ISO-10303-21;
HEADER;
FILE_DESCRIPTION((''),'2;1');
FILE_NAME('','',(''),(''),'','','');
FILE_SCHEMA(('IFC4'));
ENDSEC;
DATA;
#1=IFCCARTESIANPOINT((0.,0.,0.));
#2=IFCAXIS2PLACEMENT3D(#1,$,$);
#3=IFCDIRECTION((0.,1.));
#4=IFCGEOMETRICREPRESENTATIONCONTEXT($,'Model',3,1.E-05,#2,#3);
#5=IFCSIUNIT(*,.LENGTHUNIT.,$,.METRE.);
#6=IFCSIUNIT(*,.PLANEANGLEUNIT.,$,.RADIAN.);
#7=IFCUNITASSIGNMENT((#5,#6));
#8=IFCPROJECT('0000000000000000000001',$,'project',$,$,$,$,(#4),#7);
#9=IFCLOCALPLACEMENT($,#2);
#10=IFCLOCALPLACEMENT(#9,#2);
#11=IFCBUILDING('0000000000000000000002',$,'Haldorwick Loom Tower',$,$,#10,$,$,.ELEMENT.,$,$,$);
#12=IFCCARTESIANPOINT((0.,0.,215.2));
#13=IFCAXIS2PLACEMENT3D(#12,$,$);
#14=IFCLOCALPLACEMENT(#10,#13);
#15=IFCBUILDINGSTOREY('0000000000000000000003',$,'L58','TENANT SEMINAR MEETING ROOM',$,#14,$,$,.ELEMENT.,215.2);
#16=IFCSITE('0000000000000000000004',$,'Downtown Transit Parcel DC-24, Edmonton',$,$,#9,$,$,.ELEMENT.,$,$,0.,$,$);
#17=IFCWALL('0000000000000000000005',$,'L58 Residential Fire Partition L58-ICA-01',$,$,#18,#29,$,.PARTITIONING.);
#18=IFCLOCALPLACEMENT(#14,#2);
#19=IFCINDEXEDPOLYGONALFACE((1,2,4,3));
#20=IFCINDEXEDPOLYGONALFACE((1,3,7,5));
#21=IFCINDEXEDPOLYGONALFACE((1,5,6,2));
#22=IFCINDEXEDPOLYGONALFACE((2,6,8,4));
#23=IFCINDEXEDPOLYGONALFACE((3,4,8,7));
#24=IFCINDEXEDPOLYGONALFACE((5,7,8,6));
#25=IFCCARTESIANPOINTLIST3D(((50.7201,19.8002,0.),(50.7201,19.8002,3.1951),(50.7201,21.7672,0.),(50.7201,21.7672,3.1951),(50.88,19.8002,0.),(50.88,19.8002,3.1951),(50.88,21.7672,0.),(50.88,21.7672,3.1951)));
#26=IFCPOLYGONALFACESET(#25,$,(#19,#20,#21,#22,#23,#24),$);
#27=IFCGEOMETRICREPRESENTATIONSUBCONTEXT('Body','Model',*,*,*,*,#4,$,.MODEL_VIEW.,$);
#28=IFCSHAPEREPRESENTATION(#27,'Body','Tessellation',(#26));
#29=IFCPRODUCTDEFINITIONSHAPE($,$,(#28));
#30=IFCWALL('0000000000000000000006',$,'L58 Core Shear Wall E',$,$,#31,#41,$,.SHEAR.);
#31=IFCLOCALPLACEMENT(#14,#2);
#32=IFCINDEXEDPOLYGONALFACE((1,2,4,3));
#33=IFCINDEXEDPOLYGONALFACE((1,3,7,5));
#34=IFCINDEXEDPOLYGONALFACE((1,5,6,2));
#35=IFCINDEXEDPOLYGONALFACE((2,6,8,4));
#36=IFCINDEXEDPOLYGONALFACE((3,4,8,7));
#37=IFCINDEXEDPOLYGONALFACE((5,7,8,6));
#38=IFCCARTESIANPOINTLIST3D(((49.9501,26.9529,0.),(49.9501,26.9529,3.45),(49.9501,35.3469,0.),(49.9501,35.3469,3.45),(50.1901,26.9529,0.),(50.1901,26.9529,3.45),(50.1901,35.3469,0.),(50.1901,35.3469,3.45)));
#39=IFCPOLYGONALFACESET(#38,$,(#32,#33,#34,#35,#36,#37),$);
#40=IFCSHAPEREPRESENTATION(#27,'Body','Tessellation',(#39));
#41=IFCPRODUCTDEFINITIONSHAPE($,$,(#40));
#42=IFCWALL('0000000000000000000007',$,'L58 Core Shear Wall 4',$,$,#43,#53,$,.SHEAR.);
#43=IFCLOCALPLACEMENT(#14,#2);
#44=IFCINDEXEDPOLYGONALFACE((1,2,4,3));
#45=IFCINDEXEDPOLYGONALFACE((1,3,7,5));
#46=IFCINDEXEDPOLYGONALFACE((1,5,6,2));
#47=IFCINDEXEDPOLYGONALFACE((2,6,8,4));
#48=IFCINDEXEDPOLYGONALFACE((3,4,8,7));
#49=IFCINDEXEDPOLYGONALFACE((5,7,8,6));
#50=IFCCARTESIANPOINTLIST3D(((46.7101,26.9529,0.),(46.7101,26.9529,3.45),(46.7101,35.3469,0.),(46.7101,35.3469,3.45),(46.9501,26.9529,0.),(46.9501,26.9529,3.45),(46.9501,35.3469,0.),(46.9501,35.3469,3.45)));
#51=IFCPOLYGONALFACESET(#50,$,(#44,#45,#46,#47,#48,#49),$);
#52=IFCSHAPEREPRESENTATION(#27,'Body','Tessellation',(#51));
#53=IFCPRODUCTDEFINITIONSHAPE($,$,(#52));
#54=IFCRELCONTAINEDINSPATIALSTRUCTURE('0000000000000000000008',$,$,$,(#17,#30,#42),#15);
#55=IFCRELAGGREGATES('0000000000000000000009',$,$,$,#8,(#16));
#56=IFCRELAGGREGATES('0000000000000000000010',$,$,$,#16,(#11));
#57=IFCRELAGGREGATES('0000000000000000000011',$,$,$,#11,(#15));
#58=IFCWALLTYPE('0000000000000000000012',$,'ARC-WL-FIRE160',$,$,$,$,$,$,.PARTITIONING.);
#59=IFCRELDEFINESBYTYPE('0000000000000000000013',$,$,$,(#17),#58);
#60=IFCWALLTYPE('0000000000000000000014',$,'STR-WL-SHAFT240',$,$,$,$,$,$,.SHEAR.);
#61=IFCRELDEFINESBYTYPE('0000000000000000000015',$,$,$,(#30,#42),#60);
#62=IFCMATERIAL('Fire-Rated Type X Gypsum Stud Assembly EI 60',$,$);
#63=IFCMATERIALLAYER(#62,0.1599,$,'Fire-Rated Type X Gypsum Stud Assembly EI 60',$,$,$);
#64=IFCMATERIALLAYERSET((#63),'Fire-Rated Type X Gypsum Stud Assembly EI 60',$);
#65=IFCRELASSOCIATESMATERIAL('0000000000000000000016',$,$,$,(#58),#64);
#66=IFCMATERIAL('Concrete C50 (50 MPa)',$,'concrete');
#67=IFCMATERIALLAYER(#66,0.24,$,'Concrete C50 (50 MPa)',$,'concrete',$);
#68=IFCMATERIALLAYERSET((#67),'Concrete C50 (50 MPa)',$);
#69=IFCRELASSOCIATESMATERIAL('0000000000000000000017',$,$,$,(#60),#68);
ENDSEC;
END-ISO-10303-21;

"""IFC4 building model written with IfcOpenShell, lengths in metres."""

from ifc_helpers import new_model, si_unit, direction, frame, frame_2d, origin, place, context, subcontext, project, spatial, rectangle, extrude, material, layer, layer_set, type_object, element, save


model = new_model("IFC4")

# Units and contexts
model_context = context("Model", 3, precision=1e-05, world=origin(), true_north=direction((0.0, 1.0)))
body_context = subcontext(model_context, "Body", "Model", "MODEL_VIEW")
ifc_project = project(units=[si_unit("LENGTHUNIT", "METRE"), si_unit("PLANEANGLEUNIT", "RADIAN")], contexts=[model_context])

# Site, building, storey
site_placement = place(None, origin())
site = spatial("IfcSite", under=ifc_project, at=site_placement, Name="Downtown Transit Parcel DC-24, Edmonton", CompositionType="ELEMENT", RefElevation=0.0)
building_placement = place(site_placement, origin())
building = spatial("IfcBuilding", under=site, at=building_placement, Name="Haldorwick Loom Tower", CompositionType="ELEMENT")
storey_placement = place(building_placement, frame((0.0, 0.0, 215.2)))
storey = spatial("IfcBuildingStorey", under=building, at=storey_placement, Name="L58", Description="TENANT SEMINAR MEETING ROOM", CompositionType="ELEMENT", Elevation=215.2)

# Shared definitions
ifc_material_1 = material(Name="Fire-Rated Type X Gypsum Stud Assembly EI 60")
ifc_layer_1 = layer(ifc_material_1, 0.1599, Name="Fire-Rated Type X Gypsum Stud Assembly EI 60")
ifc_layer_set_1 = layer_set([ifc_layer_1], Name="Fire-Rated Type X Gypsum Stud Assembly EI 60")
wall_type_1 = type_object("IfcWallType", Name="ARC-WL-FIRE160", PredefinedType="PARTITIONING", material=ifc_layer_set_1)

# Walls
wall_1_placement = place(storey_placement, frame((50.8, 21.7671, 0.0), z_axis=(0.0, 0.0, 1.0), x_axis=(0.0, -1.0, 0.0)))
element("IfcWall", 1, at=wall_1_placement, inside=storey, type_object=wall_type_1, Name="L58 Residential Fire Partition L58-ICA-01", PredefinedType="PARTITIONING", context=body_context, shape_type="SweptSolid", body=[
    extrude(rectangle(XDim=1.967, YDim=0.1599, at=frame_2d((0.9834, 0.0))), origin(), (0.0, 0.0, 1.0), 3.1951),
])
ifc_material_2 = material(Name="Concrete C50 (50 MPa)", Category="concrete")
ifc_layer_2 = layer(ifc_material_2, 0.24, Name="Concrete C50 (50 MPa)", Category="concrete")
ifc_layer_set_2 = layer_set([ifc_layer_2], Name="Concrete C50 (50 MPa)")
wall_type_2 = type_object("IfcWallType", Name="STR-WL-SHAFT240", PredefinedType="SHEAR", material=ifc_layer_set_2)
for number, where, z_axis, x_axis, name in (
    (2, (50.0701, 26.9529, 0.0), (0.0, 0.0, 1.0), (0.0, 1.0, 0.0), "L58 Core Shear Wall E"),
    (3, (46.8301, 26.9529, 0.0), (0.0, 0.0, 1.0), (0.0, 1.0, 0.0), "L58 Core Shear Wall 4"),
):
    element("IfcWall", number, at=place(storey_placement, frame(where, z_axis=z_axis, x_axis=x_axis)), inside=storey, type_object=wall_type_2, Name=name, PredefinedType="SHEAR", context=body_context, shape_type="SweptSolid", body=[
        extrude(rectangle(XDim=8.394, YDim=0.24, at=frame_2d((4.197, 0.0))), origin(), (0.0, 0.0, 1.0), 3.45),
    ])

save(model, "model.ifc")
